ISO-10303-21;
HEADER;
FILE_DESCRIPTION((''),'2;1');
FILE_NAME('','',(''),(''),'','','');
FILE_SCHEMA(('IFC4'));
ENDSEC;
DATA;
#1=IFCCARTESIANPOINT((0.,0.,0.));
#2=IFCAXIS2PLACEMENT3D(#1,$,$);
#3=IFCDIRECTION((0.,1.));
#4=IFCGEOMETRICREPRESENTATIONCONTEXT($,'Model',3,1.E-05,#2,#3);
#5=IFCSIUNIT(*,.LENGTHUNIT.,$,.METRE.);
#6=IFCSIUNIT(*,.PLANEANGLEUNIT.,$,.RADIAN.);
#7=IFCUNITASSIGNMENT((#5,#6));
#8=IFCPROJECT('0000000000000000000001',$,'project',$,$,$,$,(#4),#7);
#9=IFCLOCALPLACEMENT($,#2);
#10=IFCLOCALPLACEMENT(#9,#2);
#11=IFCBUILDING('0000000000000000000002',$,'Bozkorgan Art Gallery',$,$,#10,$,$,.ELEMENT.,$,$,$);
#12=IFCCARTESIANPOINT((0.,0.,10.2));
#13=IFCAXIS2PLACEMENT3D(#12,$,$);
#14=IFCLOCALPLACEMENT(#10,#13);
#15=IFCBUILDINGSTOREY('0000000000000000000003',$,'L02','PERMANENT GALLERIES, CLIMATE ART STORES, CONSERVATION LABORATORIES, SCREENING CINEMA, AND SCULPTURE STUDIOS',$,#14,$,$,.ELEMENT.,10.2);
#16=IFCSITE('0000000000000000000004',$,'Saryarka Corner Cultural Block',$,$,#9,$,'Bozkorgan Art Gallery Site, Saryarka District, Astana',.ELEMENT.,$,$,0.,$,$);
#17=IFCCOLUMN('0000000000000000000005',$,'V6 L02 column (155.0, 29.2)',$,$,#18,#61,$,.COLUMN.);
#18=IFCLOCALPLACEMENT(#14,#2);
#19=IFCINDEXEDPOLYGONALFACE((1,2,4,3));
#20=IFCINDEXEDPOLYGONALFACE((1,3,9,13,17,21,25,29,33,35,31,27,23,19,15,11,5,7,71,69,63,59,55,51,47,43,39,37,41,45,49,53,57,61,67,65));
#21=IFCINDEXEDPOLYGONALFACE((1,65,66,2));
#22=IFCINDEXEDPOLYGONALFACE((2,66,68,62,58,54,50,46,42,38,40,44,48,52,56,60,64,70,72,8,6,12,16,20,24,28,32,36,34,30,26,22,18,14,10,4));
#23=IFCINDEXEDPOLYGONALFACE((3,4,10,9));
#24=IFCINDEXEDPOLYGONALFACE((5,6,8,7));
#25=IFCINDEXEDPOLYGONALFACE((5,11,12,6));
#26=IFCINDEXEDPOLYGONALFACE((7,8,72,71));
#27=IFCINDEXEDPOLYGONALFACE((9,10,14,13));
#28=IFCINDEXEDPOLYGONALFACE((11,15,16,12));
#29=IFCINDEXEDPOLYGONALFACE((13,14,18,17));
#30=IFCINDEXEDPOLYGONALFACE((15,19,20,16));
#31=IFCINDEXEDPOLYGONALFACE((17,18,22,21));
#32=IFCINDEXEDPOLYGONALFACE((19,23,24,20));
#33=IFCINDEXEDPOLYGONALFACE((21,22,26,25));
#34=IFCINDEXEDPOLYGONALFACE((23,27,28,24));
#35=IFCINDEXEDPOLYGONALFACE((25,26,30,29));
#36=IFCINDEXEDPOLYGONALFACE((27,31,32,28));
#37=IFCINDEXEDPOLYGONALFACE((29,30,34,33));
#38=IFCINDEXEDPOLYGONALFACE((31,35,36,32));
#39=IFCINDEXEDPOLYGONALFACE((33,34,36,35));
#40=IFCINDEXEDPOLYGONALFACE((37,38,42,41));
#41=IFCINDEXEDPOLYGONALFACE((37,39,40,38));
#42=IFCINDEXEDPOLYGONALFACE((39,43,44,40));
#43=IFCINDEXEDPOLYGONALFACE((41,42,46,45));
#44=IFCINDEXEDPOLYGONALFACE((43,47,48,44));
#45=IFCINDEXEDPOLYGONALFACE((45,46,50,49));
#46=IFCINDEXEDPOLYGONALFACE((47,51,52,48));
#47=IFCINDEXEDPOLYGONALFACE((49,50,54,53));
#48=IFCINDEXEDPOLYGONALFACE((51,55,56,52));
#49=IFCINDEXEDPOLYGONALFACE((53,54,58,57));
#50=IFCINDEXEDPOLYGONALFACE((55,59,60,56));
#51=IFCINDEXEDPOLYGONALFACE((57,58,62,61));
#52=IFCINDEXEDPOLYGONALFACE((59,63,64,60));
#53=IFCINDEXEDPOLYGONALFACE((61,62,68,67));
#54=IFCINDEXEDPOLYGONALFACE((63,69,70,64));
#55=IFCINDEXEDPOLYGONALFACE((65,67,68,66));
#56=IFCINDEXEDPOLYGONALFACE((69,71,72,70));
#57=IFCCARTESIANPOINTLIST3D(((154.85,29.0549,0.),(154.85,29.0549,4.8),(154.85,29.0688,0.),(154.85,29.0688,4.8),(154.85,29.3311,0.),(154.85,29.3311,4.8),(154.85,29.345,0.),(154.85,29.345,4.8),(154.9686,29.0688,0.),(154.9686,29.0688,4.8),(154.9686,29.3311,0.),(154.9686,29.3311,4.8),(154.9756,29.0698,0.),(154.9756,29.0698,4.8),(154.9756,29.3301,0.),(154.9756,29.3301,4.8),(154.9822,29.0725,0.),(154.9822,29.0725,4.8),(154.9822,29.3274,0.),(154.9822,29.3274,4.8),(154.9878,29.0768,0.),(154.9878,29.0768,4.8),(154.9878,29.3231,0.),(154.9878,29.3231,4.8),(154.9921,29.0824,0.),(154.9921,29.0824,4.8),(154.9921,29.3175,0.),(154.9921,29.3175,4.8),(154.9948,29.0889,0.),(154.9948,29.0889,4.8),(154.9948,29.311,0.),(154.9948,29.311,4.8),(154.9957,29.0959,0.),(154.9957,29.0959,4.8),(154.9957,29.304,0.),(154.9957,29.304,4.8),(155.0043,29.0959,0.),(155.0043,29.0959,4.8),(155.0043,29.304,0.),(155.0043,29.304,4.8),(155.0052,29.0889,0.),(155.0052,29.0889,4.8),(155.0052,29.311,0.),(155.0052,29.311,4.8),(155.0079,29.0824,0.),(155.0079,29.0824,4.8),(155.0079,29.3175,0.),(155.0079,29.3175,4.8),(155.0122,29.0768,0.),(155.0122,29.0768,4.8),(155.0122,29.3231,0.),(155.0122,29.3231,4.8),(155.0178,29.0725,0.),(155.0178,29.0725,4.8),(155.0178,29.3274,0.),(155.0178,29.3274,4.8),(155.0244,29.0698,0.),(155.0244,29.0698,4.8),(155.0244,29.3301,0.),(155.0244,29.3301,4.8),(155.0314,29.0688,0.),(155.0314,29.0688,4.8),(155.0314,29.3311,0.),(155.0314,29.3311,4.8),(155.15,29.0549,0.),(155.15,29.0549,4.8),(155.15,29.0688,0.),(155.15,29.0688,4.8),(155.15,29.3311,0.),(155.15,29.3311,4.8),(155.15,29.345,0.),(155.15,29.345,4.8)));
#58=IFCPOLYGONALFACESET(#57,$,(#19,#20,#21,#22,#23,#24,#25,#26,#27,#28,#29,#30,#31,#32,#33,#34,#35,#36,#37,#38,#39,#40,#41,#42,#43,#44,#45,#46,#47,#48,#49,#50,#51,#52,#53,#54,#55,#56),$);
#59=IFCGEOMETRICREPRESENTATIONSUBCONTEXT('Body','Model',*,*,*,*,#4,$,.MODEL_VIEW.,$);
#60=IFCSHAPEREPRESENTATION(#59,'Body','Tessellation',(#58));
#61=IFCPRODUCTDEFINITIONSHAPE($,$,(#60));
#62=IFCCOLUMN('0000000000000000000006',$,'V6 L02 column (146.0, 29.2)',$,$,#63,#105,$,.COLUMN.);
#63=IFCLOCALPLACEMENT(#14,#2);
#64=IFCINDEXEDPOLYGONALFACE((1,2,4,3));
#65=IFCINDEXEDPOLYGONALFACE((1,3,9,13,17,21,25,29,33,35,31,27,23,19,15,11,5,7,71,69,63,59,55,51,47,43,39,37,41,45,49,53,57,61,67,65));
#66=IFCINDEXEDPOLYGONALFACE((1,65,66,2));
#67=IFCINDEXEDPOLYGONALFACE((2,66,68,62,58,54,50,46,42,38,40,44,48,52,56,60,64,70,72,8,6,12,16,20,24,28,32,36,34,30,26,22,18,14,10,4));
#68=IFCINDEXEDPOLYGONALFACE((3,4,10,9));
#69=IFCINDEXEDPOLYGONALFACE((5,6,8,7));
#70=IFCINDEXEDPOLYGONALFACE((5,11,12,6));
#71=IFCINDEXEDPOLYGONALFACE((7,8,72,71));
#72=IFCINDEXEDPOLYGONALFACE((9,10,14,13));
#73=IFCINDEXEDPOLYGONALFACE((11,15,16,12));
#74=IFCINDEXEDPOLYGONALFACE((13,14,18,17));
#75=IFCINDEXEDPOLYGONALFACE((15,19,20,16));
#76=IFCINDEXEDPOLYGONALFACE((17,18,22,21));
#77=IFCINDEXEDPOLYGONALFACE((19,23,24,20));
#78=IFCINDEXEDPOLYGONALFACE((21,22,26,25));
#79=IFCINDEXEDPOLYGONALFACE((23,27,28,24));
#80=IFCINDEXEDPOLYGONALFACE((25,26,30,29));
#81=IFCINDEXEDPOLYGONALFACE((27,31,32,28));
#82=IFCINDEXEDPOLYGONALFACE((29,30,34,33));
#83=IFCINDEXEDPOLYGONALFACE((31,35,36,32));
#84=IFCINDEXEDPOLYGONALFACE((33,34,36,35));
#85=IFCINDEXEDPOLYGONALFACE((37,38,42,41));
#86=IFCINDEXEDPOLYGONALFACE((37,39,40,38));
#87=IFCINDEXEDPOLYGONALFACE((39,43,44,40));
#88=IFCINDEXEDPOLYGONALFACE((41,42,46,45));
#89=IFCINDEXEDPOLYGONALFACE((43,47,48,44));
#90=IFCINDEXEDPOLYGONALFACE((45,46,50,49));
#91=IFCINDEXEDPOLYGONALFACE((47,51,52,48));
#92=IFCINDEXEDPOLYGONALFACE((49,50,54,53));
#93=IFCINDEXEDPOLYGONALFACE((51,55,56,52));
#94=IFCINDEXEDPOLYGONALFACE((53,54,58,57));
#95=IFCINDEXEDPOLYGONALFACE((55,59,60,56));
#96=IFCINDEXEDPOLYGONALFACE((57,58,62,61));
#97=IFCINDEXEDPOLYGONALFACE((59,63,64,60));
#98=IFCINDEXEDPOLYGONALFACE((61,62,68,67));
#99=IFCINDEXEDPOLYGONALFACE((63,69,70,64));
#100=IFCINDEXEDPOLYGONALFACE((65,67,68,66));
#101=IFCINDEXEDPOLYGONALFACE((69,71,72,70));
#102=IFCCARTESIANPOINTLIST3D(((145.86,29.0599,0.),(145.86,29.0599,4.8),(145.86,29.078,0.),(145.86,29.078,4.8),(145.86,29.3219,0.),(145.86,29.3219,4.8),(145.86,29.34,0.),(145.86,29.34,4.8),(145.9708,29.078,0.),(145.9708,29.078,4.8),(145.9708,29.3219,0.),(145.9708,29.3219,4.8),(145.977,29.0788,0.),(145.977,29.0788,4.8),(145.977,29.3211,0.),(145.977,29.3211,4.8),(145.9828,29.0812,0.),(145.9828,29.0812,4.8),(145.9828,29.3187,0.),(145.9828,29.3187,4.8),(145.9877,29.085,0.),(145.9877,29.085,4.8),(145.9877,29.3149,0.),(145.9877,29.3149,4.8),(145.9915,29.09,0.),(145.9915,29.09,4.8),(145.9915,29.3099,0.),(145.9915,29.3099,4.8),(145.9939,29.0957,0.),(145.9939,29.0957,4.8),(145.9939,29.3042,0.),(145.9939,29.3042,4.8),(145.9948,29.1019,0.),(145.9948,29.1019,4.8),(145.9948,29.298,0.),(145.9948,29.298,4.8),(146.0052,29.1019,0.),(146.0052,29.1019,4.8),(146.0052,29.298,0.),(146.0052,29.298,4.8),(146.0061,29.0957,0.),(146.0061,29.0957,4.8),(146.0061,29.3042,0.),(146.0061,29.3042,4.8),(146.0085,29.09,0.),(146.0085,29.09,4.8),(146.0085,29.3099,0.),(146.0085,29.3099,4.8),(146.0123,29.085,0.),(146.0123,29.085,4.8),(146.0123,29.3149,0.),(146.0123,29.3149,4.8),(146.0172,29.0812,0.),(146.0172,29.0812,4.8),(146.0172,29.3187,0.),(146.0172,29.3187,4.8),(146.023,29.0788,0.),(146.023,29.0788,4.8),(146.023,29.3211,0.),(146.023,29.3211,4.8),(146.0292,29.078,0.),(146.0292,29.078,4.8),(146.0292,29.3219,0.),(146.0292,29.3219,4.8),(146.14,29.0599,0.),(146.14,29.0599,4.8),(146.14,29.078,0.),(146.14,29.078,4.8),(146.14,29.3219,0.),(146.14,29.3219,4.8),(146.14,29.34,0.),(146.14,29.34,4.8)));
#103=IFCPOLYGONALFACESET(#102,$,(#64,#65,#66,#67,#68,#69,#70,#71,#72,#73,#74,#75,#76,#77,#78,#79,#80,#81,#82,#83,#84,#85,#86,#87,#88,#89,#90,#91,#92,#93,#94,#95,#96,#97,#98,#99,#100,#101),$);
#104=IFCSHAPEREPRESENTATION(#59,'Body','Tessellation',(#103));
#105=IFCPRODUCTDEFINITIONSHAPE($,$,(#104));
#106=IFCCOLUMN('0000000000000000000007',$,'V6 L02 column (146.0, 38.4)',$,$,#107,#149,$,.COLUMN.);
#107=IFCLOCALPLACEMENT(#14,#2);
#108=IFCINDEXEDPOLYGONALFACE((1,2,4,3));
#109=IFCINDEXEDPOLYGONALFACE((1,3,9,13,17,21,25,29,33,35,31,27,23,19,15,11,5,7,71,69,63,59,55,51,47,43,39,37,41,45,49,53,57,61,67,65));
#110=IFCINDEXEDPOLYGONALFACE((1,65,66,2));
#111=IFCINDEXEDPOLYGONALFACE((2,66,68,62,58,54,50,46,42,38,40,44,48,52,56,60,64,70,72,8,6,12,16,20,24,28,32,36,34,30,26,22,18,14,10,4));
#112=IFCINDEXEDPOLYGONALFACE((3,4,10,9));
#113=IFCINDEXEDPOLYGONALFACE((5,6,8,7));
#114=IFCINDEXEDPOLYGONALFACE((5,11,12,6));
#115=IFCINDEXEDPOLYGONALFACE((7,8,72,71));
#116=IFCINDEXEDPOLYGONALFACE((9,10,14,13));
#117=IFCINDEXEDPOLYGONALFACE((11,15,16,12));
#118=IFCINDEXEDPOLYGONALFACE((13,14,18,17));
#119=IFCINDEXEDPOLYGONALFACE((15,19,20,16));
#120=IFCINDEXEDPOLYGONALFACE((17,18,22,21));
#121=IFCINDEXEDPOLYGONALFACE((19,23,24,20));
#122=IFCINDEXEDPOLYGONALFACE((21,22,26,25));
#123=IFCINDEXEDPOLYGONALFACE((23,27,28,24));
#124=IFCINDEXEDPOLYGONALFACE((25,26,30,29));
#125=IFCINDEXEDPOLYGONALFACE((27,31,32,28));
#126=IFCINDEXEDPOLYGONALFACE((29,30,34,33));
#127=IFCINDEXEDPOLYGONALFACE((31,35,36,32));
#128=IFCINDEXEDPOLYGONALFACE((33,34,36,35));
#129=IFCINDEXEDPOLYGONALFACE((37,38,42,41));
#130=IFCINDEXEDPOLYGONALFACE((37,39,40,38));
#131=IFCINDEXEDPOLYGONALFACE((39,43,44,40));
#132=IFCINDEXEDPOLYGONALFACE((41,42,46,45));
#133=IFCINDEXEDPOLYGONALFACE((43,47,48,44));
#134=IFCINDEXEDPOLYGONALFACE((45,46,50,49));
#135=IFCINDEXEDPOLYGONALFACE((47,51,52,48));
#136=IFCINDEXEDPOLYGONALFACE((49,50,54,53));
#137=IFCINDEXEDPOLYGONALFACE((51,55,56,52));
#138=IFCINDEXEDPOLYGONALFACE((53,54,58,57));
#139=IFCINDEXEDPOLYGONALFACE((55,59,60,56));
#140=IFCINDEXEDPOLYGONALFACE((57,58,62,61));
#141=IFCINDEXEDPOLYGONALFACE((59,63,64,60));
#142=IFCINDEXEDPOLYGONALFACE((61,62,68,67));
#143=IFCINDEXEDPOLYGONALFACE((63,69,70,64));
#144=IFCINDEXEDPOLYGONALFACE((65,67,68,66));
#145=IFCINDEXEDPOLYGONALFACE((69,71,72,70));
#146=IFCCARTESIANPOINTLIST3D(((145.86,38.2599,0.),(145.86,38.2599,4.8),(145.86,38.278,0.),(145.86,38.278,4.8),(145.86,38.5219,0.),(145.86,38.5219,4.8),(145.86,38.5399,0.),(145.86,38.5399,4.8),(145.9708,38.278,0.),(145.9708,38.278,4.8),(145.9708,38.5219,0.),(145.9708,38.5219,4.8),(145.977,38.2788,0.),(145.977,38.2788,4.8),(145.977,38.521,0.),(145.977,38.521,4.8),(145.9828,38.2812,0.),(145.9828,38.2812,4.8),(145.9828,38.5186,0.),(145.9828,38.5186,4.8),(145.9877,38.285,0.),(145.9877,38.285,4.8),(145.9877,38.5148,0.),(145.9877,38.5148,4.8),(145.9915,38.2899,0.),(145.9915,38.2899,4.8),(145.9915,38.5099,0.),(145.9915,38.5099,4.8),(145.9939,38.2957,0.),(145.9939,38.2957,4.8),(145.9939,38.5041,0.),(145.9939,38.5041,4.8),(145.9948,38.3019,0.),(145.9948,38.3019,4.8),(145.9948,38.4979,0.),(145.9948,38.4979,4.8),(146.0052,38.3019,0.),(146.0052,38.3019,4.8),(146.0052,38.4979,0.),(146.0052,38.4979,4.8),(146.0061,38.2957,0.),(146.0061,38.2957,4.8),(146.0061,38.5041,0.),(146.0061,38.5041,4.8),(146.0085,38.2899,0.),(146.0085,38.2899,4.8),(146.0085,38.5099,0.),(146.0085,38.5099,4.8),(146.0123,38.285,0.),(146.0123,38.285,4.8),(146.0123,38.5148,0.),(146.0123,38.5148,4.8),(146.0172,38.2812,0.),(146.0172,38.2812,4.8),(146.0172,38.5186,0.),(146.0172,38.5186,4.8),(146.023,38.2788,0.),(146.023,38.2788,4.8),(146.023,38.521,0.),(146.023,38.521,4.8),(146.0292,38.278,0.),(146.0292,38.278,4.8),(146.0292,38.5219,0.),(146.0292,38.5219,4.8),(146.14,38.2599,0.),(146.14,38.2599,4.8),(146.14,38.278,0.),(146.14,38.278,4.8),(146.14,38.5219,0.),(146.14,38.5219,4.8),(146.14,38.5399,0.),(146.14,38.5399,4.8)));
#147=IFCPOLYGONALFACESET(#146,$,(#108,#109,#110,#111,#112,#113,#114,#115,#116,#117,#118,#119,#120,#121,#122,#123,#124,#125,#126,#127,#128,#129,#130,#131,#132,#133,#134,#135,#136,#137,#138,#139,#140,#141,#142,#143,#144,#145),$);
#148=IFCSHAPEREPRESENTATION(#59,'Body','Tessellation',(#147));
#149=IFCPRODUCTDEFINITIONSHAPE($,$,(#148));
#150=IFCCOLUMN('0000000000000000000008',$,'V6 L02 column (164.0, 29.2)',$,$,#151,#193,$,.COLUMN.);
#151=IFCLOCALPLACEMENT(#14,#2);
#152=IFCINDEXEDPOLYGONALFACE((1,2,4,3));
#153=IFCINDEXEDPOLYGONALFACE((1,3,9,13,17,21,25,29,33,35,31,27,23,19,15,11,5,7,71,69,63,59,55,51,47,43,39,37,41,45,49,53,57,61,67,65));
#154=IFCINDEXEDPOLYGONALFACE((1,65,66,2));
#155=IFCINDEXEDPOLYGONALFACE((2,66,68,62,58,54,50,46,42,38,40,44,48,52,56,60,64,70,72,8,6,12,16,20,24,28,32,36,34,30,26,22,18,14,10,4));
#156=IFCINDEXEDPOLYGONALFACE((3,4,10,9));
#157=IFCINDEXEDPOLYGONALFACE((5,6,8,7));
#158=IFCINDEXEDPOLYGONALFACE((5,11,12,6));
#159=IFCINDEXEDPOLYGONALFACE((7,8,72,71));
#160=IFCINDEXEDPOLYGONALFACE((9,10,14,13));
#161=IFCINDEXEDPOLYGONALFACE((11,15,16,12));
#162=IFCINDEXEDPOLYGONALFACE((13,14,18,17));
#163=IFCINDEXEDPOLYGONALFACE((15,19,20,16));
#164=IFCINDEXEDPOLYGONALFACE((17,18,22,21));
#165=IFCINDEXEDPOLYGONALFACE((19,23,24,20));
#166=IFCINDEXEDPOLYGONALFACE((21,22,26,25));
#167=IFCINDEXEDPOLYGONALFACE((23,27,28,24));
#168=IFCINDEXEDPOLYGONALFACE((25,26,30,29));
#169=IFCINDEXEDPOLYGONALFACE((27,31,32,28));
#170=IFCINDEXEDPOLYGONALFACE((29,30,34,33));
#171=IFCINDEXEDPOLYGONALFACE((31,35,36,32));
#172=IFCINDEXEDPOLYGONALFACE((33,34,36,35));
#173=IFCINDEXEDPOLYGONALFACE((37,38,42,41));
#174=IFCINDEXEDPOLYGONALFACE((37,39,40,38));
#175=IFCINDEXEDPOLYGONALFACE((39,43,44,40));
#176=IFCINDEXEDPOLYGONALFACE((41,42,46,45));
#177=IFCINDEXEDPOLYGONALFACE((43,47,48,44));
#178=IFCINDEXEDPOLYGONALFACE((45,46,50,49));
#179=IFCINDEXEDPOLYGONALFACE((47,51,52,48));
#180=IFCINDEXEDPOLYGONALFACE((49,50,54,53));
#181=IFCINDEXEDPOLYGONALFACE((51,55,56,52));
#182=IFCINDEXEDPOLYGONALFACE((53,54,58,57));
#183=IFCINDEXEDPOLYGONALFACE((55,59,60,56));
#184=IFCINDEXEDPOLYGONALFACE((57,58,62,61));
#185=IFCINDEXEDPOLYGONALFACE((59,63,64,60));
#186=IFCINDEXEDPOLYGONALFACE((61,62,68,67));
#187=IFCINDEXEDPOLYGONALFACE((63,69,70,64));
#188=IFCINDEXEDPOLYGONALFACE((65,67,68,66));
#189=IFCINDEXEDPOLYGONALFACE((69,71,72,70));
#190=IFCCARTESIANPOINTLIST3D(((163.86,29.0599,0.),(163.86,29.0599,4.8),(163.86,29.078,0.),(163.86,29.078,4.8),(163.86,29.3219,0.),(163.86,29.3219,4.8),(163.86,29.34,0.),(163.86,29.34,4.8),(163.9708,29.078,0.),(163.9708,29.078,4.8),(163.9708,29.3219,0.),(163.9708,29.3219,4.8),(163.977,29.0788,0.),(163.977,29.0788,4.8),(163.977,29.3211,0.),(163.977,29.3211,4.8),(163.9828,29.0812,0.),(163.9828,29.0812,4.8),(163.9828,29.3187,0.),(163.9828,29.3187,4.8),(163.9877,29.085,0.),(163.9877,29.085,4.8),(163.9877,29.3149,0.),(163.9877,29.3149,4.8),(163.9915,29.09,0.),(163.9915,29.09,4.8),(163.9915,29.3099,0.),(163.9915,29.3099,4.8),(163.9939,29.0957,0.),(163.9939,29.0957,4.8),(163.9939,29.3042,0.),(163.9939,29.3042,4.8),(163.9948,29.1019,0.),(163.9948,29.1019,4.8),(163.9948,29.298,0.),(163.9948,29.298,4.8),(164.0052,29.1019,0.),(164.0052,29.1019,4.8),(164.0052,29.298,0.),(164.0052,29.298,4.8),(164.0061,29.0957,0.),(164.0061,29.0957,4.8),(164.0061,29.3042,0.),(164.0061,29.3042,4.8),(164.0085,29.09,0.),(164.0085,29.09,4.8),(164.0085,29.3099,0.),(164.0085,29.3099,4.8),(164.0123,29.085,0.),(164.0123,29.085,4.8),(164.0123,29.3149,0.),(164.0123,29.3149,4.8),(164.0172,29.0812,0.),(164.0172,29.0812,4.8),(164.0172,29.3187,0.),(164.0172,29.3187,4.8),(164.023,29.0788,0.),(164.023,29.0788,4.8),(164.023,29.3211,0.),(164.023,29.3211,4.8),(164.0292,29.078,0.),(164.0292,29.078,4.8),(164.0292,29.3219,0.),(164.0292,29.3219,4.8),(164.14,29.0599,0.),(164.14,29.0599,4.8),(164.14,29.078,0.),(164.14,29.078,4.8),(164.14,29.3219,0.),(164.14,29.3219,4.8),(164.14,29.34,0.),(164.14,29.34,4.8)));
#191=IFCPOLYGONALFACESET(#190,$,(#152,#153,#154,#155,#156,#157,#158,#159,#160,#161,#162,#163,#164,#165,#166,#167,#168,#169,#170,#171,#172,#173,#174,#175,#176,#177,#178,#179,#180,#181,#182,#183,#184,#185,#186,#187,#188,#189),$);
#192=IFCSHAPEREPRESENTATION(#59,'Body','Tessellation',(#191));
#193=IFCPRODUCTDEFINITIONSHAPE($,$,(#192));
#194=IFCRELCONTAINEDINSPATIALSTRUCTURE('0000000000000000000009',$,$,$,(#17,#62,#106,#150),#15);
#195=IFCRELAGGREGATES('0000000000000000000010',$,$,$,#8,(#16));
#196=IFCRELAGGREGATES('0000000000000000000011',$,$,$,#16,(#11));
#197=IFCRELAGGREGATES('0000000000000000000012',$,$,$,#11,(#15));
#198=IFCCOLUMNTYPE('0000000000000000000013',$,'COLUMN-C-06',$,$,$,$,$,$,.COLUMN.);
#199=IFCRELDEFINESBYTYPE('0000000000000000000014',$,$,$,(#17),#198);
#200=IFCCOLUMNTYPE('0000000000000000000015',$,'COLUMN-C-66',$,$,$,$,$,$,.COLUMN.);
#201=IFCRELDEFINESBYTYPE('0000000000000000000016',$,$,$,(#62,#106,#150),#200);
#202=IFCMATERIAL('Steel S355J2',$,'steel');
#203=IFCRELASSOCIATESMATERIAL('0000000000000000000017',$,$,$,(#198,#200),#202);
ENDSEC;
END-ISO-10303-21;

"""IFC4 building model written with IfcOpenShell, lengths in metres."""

from ifc_helpers import new_model, si_unit, direction, frame, origin, origin_2d, place, context, subcontext, project, spatial, i_section, extrude, material, material_profile, profile_set, type_object, element, save


model = new_model("IFC4")

# Units and contexts
model_context = context("Model", 3, precision=1e-05, world=origin(), true_north=direction((0.0, 1.0)))
body_context = subcontext(model_context, "Body", "Model", "MODEL_VIEW")
ifc_project = project(units=[si_unit("LENGTHUNIT", "METRE"), si_unit("PLANEANGLEUNIT", "RADIAN")], contexts=[model_context])

# Site, building, storey
site_placement = place(None, origin())
site = spatial("IfcSite", under=ifc_project, at=site_placement, Name="Saryarka Corner Cultural Block", LongName="Bozkorgan Art Gallery Site, Saryarka District, Astana", CompositionType="ELEMENT", RefElevation=0.0)
building_placement = place(site_placement, origin())
building = spatial("IfcBuilding", under=site, at=building_placement, Name="Bozkorgan Art Gallery", CompositionType="ELEMENT")
storey_placement = place(building_placement, frame((0.0, 0.0, 10.2)))
storey = spatial("IfcBuildingStorey", under=building, at=storey_placement, Name="L02", Description="PERMANENT GALLERIES, CLIMATE ART STORES, CONSERVATION LABORATORIES, SCREENING CINEMA, AND SCULPTURE STUDIOS", CompositionType="ELEMENT", Elevation=10.2)

# Columns
ifc_material_1 = material(Name="Steel S355J2", Category="steel")
ifc_material_profile_1 = material_profile(ifc_material_1, i_section(OverallWidth=0.3, OverallDepth=0.29, WebThickness=0.0085, FlangeThickness=0.0139, FilletRadius=0.0271, at=origin_2d()), Name="HEA 300")
ifc_profile_set_1 = profile_set([ifc_material_profile_1], Name="Steel S355J2")
column_type_1 = type_object("IfcColumnType", Name="COLUMN-C-06", PredefinedType="COLUMN", material=ifc_profile_set_1)
column_placement = place(storey_placement, frame((155.0, 29.2, 0.0), z_axis=(0.0, 0.0, 1.0), x_axis=(1.0, 0.0, 0.0)))
element("IfcColumn", 1, at=column_placement, inside=storey, type_object=column_type_1, Name="V6 L02 column (155.0, 29.2)", PredefinedType="COLUMN", context=body_context, shape_type="SweptSolid", body=[
    extrude(i_section(OverallWidth=0.3, OverallDepth=0.29, WebThickness=0.0085, FlangeThickness=0.0139, FilletRadius=0.0271, at=origin_2d()), origin(), (0.0, 0.0, 1.0), 4.8),
])
ifc_material_profile_2 = material_profile(ifc_material_1, i_section(OverallWidth=0.28, OverallDepth=0.28, WebThickness=0.0105, FlangeThickness=0.0181, FilletRadius=0.0239, at=origin_2d()), Name="HEB 280")
ifc_profile_set_2 = profile_set([ifc_material_profile_2], Name="Steel S355J2")
column_type_2 = type_object("IfcColumnType", Name="COLUMN-C-66", PredefinedType="COLUMN", material=ifc_profile_set_2)
for number, where, z_axis, x_axis, name in (
    (2, (146.0, 29.2, 0.0), (0.0, 0.0, 1.0), (1.0, 0.0, 0.0), "V6 L02 column (146.0, 29.2)"),
    (3, (146.0, 38.3999, 0.0), (0.0, 0.0, 1.0), (1.0, 0.0, 0.0), "V6 L02 column (146.0, 38.4)"),
    (4, (164.0, 29.2, 0.0), (0.0, 0.0, 1.0), (1.0, 0.0, 0.0), "V6 L02 column (164.0, 29.2)"),
):
    element("IfcColumn", number, at=place(storey_placement, frame(where, z_axis=z_axis, x_axis=x_axis)), inside=storey, type_object=column_type_2, Name=name, PredefinedType="COLUMN", context=body_context, shape_type="SweptSolid", body=[
        extrude(i_section(OverallWidth=0.28, OverallDepth=0.28, WebThickness=0.0105, FlangeThickness=0.0181, FilletRadius=0.0239, at=origin_2d()), origin(), (0.0, 0.0, 1.0), 4.8),
    ])

save(model, "model.ifc")
